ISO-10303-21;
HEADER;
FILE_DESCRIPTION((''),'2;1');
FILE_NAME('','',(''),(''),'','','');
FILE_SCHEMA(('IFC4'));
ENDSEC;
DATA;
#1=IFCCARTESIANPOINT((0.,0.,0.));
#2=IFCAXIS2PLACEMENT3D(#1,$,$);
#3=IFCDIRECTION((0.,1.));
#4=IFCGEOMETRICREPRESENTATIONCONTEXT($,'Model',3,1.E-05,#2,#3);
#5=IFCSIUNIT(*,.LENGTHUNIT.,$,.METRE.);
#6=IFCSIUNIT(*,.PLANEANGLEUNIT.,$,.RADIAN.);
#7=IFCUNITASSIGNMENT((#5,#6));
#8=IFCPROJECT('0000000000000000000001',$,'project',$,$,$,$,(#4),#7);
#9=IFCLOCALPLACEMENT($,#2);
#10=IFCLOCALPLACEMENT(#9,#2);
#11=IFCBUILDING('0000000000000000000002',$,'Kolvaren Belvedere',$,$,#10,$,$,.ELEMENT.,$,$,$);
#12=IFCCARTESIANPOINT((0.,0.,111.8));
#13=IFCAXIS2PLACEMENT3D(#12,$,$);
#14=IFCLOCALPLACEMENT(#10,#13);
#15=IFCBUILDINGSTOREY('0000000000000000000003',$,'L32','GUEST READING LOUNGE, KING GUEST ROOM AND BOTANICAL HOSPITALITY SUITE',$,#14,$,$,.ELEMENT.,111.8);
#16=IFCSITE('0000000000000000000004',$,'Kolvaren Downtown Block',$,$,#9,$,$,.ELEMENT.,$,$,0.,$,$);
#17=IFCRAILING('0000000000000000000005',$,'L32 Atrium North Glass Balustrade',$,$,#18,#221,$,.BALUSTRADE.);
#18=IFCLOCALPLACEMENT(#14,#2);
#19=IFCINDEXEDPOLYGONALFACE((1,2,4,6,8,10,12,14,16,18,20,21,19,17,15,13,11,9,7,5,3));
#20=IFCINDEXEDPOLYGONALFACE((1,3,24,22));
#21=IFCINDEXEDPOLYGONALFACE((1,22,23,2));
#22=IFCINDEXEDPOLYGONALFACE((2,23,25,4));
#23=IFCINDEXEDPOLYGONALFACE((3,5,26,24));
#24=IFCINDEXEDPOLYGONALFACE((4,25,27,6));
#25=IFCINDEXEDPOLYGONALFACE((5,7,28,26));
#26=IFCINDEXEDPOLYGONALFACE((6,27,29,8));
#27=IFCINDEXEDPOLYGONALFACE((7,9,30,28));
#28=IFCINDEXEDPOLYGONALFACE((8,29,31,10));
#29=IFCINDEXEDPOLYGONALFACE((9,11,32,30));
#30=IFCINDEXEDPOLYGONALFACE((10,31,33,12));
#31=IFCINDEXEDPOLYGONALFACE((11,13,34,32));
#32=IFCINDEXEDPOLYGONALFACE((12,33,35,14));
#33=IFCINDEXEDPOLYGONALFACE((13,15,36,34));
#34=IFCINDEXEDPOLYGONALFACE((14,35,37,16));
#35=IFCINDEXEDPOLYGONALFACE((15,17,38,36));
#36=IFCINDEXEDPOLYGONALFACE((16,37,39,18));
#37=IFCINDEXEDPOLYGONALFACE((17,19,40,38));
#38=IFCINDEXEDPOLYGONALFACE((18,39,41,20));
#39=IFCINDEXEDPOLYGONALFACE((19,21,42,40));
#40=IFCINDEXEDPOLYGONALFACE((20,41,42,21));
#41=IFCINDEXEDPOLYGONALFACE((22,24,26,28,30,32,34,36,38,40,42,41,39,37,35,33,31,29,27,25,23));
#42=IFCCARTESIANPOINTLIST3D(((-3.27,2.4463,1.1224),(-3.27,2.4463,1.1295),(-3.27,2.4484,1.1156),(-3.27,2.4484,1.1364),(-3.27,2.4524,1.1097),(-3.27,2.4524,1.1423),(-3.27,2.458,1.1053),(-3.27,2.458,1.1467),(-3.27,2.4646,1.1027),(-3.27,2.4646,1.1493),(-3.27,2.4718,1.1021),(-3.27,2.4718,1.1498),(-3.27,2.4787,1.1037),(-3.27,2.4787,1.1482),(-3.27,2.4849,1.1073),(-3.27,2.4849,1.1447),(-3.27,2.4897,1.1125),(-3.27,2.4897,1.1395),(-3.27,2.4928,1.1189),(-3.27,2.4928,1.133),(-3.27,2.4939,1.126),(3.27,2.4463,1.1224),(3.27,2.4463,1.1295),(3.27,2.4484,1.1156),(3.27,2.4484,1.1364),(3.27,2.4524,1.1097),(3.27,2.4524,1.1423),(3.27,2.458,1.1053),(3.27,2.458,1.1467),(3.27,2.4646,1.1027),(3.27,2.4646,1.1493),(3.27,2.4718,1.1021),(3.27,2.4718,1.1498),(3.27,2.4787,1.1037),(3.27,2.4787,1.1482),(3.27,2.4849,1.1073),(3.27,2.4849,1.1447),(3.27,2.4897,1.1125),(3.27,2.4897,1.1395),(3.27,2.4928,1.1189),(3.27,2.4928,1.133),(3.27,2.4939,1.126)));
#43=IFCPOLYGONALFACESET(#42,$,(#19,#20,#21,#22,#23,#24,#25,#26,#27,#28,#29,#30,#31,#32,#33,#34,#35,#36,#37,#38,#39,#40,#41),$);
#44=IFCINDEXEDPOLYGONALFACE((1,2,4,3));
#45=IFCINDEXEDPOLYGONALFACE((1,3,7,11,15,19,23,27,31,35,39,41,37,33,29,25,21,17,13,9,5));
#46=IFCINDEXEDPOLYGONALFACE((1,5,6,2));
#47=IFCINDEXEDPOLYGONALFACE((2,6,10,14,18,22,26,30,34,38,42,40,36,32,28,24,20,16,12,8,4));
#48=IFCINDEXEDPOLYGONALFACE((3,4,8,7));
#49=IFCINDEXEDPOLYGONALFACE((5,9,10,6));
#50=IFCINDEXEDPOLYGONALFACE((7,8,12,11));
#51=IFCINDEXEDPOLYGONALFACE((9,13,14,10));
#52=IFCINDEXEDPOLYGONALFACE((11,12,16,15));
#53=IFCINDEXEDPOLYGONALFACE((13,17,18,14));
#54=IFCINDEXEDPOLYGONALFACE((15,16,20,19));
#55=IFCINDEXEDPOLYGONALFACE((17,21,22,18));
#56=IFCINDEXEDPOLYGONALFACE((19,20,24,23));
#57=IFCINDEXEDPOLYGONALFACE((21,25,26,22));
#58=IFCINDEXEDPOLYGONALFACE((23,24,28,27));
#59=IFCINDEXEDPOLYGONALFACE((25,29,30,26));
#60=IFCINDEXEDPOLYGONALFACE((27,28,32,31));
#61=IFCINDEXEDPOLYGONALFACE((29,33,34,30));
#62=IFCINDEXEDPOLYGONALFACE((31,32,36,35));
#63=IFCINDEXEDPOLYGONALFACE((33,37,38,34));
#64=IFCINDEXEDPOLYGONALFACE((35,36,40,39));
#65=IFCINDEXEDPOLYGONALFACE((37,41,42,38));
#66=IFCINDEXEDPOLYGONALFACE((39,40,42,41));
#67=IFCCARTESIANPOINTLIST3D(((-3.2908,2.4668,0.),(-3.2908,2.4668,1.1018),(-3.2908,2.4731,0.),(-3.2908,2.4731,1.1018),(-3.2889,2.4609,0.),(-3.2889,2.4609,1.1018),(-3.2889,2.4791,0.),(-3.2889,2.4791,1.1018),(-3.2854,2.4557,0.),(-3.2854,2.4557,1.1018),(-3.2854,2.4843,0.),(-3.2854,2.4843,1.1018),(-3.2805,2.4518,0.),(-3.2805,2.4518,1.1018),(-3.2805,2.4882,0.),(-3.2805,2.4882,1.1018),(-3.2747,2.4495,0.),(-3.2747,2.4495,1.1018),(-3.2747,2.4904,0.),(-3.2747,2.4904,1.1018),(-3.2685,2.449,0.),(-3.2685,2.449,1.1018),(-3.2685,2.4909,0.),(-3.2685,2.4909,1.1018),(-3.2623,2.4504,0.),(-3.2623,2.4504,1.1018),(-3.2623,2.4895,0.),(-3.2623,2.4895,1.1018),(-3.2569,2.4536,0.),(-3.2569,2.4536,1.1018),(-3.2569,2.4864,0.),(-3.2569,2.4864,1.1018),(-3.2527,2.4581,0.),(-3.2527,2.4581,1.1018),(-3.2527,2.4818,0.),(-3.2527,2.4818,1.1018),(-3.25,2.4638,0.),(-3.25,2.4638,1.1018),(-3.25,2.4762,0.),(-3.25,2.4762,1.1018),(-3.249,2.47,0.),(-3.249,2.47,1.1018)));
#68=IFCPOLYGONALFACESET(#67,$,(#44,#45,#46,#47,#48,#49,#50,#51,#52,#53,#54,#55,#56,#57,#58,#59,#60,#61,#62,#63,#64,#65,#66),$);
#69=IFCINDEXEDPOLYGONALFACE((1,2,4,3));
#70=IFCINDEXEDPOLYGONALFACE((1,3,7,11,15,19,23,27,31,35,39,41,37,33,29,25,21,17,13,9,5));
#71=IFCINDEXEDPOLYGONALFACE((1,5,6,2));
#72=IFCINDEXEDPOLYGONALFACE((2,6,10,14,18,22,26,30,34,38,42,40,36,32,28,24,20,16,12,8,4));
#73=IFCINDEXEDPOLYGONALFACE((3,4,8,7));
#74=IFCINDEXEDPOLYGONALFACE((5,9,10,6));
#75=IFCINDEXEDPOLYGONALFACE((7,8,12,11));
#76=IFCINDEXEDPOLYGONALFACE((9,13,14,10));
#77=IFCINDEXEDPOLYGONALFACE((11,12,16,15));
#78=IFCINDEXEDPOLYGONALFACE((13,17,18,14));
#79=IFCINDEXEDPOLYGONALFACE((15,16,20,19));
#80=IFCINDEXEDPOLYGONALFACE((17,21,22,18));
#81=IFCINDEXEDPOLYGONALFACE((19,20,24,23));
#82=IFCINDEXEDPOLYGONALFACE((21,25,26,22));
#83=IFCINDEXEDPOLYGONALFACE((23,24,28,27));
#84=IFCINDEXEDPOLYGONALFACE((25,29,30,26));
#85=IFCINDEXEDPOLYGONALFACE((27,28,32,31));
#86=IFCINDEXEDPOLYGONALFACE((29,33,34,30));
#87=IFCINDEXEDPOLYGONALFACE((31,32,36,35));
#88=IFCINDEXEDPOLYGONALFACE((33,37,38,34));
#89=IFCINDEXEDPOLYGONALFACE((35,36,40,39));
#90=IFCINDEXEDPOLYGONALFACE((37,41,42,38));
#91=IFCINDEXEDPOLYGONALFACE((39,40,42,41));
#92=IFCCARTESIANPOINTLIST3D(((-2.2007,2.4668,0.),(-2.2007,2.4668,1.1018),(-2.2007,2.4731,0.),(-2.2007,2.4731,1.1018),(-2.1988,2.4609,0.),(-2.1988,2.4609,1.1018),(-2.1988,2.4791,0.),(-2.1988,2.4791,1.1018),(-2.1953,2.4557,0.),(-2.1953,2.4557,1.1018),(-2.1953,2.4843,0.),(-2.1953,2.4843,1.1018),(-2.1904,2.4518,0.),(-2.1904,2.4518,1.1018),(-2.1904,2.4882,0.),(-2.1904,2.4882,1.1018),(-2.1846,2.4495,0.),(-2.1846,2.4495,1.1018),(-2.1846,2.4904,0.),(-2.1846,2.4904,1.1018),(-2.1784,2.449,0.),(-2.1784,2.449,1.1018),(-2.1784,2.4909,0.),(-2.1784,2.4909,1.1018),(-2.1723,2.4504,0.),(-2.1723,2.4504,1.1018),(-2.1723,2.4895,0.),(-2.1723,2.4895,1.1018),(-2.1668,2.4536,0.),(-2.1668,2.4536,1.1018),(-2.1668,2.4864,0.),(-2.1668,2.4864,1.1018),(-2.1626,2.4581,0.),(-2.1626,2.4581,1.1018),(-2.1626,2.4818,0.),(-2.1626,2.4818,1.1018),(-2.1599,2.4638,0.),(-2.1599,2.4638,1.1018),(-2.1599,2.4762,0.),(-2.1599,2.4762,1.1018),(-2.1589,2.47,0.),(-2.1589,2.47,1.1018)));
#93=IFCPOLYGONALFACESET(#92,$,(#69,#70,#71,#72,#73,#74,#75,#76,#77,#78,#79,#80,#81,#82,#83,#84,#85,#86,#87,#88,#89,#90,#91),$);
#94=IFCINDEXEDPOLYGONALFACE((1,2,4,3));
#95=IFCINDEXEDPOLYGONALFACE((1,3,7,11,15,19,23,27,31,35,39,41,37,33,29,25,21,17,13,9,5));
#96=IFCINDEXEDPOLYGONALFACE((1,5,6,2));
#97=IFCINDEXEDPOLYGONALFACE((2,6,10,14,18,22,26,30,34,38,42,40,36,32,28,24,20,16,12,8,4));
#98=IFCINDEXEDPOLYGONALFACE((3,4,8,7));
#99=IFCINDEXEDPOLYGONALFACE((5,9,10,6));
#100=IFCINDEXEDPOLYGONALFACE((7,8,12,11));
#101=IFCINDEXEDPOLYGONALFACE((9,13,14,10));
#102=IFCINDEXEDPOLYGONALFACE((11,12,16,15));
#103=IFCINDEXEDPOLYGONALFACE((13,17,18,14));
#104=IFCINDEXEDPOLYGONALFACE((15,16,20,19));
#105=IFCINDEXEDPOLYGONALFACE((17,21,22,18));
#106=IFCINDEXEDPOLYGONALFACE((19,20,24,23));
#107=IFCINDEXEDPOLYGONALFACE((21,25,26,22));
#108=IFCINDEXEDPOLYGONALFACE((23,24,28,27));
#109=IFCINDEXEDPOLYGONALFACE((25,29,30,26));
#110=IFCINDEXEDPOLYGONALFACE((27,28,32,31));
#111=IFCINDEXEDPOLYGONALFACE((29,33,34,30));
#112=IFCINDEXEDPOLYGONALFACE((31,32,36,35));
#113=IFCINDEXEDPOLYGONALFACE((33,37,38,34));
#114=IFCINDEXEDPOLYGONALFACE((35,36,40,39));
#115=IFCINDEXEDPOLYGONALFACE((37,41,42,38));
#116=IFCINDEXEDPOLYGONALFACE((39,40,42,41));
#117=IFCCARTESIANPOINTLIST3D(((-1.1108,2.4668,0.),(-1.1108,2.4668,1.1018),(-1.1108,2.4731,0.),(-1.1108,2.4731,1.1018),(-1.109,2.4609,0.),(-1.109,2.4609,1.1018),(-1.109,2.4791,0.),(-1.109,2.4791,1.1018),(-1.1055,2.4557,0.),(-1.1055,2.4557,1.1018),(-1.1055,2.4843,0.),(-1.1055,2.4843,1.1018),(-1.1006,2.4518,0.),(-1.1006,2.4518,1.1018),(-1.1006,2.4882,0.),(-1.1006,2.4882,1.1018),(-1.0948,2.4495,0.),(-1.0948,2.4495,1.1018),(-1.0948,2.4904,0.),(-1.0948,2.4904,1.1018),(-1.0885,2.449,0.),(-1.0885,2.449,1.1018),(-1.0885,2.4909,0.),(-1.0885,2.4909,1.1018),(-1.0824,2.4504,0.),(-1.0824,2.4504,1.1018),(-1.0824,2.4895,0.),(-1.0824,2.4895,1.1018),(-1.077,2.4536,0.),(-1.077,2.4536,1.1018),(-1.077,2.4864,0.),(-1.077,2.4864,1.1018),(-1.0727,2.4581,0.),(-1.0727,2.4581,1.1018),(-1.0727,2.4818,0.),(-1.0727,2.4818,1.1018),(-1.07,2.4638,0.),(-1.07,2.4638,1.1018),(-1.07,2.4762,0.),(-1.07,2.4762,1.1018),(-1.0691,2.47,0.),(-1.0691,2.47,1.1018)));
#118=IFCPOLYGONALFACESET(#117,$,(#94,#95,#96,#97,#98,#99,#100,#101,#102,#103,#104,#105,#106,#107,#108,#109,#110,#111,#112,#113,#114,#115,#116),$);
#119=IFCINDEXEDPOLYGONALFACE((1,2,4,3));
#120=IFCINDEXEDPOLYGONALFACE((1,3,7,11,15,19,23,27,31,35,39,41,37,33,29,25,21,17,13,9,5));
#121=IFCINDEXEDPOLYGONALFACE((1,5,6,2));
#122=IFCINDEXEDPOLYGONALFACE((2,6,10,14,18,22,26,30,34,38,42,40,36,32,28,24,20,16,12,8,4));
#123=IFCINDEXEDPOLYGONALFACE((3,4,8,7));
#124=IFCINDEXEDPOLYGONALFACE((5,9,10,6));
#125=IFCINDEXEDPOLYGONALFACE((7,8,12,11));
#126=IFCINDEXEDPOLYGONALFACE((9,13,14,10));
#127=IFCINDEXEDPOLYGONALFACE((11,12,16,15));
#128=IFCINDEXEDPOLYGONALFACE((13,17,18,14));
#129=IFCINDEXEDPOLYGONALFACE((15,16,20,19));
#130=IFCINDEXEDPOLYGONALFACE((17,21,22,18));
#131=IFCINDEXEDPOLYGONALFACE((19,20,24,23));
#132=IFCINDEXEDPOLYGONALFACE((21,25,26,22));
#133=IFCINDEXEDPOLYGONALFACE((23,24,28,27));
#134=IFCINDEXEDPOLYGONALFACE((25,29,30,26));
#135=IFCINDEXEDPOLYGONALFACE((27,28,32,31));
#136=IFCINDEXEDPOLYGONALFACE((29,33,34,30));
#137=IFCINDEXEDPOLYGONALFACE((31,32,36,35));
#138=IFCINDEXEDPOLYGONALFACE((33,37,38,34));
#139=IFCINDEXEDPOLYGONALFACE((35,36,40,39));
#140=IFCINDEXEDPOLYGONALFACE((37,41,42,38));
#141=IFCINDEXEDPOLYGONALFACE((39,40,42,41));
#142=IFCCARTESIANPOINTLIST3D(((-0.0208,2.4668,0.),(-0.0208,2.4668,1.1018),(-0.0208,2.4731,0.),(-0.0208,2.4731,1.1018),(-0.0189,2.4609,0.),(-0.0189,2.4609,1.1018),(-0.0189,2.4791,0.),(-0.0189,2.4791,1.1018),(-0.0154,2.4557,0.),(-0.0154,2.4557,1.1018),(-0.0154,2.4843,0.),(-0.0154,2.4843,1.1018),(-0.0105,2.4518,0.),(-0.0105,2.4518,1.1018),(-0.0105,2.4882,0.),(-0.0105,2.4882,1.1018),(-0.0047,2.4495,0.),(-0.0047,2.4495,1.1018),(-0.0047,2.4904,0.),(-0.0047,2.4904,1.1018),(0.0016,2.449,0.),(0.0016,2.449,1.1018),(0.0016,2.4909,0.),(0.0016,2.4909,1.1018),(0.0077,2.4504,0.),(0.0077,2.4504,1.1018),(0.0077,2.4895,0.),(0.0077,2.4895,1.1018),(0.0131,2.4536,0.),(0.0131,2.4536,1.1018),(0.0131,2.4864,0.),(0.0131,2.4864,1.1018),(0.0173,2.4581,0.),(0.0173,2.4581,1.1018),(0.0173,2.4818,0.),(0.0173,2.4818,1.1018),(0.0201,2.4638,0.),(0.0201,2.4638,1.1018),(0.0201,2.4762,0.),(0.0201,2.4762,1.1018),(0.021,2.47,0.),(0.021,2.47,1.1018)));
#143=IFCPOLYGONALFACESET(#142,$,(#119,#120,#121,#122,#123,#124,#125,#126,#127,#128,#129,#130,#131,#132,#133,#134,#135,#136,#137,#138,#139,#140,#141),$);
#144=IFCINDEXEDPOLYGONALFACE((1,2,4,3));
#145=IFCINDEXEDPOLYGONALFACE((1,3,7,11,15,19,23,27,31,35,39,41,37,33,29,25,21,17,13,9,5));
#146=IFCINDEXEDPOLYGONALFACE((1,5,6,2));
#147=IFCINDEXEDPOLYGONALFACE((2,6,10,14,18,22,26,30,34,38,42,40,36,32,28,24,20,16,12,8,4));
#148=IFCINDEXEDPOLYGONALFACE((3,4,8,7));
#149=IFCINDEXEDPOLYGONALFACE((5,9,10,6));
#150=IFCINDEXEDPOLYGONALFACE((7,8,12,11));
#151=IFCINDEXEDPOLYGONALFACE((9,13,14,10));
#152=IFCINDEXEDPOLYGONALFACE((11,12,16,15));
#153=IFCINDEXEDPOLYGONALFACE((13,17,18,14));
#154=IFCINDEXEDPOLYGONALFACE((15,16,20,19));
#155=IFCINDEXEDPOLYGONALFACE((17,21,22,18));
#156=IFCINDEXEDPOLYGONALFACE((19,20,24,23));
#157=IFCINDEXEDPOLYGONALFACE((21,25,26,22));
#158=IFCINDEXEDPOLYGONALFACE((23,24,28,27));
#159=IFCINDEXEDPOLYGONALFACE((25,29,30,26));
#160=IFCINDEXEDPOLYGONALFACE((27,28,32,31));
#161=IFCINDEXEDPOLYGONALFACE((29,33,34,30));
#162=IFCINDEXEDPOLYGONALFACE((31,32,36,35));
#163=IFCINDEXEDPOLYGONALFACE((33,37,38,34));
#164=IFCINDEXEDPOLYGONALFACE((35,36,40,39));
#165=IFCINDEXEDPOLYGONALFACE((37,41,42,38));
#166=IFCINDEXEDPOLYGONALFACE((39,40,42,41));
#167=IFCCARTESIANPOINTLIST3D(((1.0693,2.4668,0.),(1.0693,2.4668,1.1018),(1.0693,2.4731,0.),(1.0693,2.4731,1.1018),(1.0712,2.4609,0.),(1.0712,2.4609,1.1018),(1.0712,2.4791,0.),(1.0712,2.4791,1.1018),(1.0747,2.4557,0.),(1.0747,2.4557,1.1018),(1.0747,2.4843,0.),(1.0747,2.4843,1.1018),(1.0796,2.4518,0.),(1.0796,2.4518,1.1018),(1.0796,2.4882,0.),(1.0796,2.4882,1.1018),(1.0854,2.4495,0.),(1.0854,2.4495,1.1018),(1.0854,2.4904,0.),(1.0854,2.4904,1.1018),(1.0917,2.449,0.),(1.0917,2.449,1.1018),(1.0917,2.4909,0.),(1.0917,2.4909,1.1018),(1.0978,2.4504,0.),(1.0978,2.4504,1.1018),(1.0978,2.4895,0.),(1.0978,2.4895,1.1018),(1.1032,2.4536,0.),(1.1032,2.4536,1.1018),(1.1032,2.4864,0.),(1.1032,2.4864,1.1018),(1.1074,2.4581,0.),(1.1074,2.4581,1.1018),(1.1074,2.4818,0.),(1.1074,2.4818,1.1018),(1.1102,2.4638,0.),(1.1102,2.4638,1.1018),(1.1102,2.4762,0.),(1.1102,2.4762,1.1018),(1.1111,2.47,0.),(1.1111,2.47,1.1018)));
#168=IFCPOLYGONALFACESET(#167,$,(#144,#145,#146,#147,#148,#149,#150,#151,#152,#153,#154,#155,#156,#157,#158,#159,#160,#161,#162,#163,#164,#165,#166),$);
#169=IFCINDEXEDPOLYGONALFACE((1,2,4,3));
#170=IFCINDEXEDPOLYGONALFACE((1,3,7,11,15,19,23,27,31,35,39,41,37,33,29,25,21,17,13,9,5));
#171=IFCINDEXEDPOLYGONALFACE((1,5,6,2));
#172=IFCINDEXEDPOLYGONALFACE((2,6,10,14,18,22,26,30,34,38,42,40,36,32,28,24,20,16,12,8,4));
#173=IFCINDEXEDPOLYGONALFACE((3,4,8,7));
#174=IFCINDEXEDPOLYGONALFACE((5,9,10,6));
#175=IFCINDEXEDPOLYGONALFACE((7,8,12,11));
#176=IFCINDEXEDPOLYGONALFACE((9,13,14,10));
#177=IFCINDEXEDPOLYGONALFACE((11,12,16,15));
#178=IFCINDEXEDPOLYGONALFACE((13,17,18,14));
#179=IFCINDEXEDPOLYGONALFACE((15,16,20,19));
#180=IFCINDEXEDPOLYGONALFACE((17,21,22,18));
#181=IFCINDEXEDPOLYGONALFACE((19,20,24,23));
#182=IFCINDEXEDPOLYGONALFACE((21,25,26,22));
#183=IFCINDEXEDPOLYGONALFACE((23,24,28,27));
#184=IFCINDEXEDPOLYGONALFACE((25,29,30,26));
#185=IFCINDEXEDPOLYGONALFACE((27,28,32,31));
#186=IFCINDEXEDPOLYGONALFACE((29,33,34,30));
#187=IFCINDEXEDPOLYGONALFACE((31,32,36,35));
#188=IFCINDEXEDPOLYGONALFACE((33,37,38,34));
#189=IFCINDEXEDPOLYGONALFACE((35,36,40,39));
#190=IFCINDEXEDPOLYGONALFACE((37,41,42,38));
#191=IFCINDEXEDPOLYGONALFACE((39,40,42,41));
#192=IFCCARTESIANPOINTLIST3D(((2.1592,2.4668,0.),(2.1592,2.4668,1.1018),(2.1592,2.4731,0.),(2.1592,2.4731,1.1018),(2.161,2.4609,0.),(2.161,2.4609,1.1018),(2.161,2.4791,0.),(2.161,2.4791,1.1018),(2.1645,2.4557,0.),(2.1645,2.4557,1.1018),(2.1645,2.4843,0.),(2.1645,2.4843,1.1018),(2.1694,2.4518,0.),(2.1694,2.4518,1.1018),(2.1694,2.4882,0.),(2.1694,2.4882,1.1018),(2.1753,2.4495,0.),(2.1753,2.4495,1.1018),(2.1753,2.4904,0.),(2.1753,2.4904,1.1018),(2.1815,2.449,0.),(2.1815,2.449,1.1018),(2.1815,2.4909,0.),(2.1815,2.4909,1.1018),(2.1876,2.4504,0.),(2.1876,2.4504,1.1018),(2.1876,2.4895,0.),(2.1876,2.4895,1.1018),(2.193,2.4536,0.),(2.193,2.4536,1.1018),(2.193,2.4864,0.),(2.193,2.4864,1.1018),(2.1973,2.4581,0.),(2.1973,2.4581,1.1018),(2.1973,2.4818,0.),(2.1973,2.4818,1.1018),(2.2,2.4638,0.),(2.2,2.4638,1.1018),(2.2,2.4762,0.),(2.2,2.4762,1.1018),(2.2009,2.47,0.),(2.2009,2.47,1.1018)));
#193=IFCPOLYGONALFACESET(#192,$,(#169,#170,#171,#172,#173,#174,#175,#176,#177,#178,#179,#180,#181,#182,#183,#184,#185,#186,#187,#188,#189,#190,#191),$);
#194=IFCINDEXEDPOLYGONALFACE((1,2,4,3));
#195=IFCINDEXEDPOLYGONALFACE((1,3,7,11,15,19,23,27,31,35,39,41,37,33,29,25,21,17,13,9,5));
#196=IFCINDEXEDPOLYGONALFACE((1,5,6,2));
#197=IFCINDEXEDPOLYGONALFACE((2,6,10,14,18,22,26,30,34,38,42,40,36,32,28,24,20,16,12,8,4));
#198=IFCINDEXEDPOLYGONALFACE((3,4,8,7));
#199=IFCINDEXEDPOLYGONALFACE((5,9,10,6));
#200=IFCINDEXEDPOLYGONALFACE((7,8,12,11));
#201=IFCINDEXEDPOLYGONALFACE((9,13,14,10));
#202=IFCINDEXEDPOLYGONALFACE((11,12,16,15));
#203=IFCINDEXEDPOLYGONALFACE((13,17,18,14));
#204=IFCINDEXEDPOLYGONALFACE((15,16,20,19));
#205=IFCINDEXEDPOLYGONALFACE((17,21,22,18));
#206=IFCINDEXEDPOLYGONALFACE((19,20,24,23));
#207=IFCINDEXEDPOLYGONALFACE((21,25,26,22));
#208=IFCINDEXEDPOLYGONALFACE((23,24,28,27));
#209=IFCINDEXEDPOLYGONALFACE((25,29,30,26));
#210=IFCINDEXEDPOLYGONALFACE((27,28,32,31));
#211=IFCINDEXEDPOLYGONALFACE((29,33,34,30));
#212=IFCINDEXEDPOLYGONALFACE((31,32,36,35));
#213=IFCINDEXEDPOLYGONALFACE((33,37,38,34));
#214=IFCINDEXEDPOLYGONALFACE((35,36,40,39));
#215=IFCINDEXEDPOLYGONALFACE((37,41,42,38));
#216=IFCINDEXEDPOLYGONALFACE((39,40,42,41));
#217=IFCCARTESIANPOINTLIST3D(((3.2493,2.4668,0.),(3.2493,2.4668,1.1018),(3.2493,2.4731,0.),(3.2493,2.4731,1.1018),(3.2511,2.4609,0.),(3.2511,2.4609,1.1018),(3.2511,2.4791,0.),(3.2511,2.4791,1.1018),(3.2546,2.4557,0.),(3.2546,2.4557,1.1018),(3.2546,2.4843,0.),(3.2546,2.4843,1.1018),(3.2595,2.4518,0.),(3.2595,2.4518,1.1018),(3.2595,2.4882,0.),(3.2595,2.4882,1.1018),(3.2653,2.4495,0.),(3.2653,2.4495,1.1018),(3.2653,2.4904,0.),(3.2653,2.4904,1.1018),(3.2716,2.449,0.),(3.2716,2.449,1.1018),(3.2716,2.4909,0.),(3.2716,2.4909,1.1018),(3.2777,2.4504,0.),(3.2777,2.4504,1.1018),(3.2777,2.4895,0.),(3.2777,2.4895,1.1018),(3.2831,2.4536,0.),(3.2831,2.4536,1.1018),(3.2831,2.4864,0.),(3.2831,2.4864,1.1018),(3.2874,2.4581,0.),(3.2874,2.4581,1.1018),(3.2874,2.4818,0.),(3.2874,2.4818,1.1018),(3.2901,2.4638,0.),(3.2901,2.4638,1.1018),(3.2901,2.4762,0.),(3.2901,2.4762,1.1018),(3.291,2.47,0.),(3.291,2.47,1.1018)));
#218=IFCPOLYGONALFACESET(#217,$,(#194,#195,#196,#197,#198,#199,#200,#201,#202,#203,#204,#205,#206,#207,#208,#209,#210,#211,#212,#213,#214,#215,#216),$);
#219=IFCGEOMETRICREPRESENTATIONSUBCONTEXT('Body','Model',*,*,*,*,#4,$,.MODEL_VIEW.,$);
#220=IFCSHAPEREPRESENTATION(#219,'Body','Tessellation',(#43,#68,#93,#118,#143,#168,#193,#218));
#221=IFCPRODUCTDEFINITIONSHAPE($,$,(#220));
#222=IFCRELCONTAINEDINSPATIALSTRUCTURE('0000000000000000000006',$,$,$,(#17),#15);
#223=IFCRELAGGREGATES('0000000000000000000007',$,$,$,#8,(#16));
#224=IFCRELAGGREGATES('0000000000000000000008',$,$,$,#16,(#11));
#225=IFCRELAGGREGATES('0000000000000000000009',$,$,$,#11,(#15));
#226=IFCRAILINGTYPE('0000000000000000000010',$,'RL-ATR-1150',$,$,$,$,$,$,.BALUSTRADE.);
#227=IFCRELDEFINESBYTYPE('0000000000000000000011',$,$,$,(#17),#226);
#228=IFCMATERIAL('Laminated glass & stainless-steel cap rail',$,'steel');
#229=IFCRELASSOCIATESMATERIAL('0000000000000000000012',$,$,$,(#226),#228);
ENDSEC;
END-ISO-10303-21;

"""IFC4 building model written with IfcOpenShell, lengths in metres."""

from ifc_helpers import new_model, si_unit, direction, frame, origin, origin_2d, place, context, subcontext, project, spatial, circle, extrude, material, type_object, element, save


model = new_model("IFC4")

# Units and contexts
model_context = context("Model", 3, precision=1e-05, world=origin(), true_north=direction((0.0, 1.0)))
body_context = subcontext(model_context, "Body", "Model", "MODEL_VIEW")
ifc_project = project(units=[si_unit("LENGTHUNIT", "METRE"), si_unit("PLANEANGLEUNIT", "RADIAN")], contexts=[model_context])

# Site, building, storey
site_placement = place(None, origin())
site = spatial("IfcSite", under=ifc_project, at=site_placement, Name="Kolvaren Downtown Block", CompositionType="ELEMENT", RefElevation=0.0)
building_placement = place(site_placement, origin())
building = spatial("IfcBuilding", under=site, at=building_placement, Name="Kolvaren Belvedere", CompositionType="ELEMENT")
storey_placement = place(building_placement, frame((0.0, 0.0, 111.8)))
storey = spatial("IfcBuildingStorey", under=building, at=storey_placement, Name="L32", Description="GUEST READING LOUNGE, KING GUEST ROOM AND BOTANICAL HOSPITALITY SUITE", CompositionType="ELEMENT", Elevation=111.8)

# Railing
ifc_material_1 = material(Name="Laminated glass & stainless-steel cap rail", Category="steel")
railing_type_1 = type_object("IfcRailingType", Name="RL-ATR-1150", PredefinedType="BALUSTRADE", material=ifc_material_1)
railing_1_placement = place(storey_placement, frame((-3.27, 2.47, 0.0)))
element("IfcRailing", 1, at=railing_1_placement, inside=storey, type_object=railing_type_1, Name="L32 Atrium North Glass Balustrade", PredefinedType="BALUSTRADE", context=body_context, shape_type="SweptSolid", body=[
    extrude(circle(Radius=0.0239, at=origin_2d()), frame((0.0, 0.0, 1.126), z_axis=(1.0, 0.0, 0.0), x_axis=(0.0, 1.0, 0.0)), (0.0, 0.0, 1.0), 6.54),
    extrude(circle(Radius=0.021, at=origin_2d()), origin(), (0.0, 0.0, 1.0), 1.1018),
    extrude(circle(Radius=0.021, at=origin_2d()), frame((1.0901, 0.0, 0.0)), (0.0, 0.0, 1.0), 1.1018),
    extrude(circle(Radius=0.021, at=origin_2d()), frame((2.1799, 0.0, 0.0)), (0.0, 0.0, 1.0), 1.1018),
    extrude(circle(Radius=0.021, at=origin_2d()), frame((3.27, 0.0, 0.0)), (0.0, 0.0, 1.0), 1.1018),
    extrude(circle(Radius=0.021, at=origin_2d()), frame((4.3601, 0.0, 0.0)), (0.0, 0.0, 1.0), 1.1018),
    extrude(circle(Radius=0.021, at=origin_2d()), frame((5.45, 0.0, 0.0)), (0.0, 0.0, 1.0), 1.1018),
    extrude(circle(Radius=0.021, at=origin_2d()), frame((6.54, 0.0, 0.0)), (0.0, 0.0, 1.0), 1.1018),
])

save(model, "model.ifc")
